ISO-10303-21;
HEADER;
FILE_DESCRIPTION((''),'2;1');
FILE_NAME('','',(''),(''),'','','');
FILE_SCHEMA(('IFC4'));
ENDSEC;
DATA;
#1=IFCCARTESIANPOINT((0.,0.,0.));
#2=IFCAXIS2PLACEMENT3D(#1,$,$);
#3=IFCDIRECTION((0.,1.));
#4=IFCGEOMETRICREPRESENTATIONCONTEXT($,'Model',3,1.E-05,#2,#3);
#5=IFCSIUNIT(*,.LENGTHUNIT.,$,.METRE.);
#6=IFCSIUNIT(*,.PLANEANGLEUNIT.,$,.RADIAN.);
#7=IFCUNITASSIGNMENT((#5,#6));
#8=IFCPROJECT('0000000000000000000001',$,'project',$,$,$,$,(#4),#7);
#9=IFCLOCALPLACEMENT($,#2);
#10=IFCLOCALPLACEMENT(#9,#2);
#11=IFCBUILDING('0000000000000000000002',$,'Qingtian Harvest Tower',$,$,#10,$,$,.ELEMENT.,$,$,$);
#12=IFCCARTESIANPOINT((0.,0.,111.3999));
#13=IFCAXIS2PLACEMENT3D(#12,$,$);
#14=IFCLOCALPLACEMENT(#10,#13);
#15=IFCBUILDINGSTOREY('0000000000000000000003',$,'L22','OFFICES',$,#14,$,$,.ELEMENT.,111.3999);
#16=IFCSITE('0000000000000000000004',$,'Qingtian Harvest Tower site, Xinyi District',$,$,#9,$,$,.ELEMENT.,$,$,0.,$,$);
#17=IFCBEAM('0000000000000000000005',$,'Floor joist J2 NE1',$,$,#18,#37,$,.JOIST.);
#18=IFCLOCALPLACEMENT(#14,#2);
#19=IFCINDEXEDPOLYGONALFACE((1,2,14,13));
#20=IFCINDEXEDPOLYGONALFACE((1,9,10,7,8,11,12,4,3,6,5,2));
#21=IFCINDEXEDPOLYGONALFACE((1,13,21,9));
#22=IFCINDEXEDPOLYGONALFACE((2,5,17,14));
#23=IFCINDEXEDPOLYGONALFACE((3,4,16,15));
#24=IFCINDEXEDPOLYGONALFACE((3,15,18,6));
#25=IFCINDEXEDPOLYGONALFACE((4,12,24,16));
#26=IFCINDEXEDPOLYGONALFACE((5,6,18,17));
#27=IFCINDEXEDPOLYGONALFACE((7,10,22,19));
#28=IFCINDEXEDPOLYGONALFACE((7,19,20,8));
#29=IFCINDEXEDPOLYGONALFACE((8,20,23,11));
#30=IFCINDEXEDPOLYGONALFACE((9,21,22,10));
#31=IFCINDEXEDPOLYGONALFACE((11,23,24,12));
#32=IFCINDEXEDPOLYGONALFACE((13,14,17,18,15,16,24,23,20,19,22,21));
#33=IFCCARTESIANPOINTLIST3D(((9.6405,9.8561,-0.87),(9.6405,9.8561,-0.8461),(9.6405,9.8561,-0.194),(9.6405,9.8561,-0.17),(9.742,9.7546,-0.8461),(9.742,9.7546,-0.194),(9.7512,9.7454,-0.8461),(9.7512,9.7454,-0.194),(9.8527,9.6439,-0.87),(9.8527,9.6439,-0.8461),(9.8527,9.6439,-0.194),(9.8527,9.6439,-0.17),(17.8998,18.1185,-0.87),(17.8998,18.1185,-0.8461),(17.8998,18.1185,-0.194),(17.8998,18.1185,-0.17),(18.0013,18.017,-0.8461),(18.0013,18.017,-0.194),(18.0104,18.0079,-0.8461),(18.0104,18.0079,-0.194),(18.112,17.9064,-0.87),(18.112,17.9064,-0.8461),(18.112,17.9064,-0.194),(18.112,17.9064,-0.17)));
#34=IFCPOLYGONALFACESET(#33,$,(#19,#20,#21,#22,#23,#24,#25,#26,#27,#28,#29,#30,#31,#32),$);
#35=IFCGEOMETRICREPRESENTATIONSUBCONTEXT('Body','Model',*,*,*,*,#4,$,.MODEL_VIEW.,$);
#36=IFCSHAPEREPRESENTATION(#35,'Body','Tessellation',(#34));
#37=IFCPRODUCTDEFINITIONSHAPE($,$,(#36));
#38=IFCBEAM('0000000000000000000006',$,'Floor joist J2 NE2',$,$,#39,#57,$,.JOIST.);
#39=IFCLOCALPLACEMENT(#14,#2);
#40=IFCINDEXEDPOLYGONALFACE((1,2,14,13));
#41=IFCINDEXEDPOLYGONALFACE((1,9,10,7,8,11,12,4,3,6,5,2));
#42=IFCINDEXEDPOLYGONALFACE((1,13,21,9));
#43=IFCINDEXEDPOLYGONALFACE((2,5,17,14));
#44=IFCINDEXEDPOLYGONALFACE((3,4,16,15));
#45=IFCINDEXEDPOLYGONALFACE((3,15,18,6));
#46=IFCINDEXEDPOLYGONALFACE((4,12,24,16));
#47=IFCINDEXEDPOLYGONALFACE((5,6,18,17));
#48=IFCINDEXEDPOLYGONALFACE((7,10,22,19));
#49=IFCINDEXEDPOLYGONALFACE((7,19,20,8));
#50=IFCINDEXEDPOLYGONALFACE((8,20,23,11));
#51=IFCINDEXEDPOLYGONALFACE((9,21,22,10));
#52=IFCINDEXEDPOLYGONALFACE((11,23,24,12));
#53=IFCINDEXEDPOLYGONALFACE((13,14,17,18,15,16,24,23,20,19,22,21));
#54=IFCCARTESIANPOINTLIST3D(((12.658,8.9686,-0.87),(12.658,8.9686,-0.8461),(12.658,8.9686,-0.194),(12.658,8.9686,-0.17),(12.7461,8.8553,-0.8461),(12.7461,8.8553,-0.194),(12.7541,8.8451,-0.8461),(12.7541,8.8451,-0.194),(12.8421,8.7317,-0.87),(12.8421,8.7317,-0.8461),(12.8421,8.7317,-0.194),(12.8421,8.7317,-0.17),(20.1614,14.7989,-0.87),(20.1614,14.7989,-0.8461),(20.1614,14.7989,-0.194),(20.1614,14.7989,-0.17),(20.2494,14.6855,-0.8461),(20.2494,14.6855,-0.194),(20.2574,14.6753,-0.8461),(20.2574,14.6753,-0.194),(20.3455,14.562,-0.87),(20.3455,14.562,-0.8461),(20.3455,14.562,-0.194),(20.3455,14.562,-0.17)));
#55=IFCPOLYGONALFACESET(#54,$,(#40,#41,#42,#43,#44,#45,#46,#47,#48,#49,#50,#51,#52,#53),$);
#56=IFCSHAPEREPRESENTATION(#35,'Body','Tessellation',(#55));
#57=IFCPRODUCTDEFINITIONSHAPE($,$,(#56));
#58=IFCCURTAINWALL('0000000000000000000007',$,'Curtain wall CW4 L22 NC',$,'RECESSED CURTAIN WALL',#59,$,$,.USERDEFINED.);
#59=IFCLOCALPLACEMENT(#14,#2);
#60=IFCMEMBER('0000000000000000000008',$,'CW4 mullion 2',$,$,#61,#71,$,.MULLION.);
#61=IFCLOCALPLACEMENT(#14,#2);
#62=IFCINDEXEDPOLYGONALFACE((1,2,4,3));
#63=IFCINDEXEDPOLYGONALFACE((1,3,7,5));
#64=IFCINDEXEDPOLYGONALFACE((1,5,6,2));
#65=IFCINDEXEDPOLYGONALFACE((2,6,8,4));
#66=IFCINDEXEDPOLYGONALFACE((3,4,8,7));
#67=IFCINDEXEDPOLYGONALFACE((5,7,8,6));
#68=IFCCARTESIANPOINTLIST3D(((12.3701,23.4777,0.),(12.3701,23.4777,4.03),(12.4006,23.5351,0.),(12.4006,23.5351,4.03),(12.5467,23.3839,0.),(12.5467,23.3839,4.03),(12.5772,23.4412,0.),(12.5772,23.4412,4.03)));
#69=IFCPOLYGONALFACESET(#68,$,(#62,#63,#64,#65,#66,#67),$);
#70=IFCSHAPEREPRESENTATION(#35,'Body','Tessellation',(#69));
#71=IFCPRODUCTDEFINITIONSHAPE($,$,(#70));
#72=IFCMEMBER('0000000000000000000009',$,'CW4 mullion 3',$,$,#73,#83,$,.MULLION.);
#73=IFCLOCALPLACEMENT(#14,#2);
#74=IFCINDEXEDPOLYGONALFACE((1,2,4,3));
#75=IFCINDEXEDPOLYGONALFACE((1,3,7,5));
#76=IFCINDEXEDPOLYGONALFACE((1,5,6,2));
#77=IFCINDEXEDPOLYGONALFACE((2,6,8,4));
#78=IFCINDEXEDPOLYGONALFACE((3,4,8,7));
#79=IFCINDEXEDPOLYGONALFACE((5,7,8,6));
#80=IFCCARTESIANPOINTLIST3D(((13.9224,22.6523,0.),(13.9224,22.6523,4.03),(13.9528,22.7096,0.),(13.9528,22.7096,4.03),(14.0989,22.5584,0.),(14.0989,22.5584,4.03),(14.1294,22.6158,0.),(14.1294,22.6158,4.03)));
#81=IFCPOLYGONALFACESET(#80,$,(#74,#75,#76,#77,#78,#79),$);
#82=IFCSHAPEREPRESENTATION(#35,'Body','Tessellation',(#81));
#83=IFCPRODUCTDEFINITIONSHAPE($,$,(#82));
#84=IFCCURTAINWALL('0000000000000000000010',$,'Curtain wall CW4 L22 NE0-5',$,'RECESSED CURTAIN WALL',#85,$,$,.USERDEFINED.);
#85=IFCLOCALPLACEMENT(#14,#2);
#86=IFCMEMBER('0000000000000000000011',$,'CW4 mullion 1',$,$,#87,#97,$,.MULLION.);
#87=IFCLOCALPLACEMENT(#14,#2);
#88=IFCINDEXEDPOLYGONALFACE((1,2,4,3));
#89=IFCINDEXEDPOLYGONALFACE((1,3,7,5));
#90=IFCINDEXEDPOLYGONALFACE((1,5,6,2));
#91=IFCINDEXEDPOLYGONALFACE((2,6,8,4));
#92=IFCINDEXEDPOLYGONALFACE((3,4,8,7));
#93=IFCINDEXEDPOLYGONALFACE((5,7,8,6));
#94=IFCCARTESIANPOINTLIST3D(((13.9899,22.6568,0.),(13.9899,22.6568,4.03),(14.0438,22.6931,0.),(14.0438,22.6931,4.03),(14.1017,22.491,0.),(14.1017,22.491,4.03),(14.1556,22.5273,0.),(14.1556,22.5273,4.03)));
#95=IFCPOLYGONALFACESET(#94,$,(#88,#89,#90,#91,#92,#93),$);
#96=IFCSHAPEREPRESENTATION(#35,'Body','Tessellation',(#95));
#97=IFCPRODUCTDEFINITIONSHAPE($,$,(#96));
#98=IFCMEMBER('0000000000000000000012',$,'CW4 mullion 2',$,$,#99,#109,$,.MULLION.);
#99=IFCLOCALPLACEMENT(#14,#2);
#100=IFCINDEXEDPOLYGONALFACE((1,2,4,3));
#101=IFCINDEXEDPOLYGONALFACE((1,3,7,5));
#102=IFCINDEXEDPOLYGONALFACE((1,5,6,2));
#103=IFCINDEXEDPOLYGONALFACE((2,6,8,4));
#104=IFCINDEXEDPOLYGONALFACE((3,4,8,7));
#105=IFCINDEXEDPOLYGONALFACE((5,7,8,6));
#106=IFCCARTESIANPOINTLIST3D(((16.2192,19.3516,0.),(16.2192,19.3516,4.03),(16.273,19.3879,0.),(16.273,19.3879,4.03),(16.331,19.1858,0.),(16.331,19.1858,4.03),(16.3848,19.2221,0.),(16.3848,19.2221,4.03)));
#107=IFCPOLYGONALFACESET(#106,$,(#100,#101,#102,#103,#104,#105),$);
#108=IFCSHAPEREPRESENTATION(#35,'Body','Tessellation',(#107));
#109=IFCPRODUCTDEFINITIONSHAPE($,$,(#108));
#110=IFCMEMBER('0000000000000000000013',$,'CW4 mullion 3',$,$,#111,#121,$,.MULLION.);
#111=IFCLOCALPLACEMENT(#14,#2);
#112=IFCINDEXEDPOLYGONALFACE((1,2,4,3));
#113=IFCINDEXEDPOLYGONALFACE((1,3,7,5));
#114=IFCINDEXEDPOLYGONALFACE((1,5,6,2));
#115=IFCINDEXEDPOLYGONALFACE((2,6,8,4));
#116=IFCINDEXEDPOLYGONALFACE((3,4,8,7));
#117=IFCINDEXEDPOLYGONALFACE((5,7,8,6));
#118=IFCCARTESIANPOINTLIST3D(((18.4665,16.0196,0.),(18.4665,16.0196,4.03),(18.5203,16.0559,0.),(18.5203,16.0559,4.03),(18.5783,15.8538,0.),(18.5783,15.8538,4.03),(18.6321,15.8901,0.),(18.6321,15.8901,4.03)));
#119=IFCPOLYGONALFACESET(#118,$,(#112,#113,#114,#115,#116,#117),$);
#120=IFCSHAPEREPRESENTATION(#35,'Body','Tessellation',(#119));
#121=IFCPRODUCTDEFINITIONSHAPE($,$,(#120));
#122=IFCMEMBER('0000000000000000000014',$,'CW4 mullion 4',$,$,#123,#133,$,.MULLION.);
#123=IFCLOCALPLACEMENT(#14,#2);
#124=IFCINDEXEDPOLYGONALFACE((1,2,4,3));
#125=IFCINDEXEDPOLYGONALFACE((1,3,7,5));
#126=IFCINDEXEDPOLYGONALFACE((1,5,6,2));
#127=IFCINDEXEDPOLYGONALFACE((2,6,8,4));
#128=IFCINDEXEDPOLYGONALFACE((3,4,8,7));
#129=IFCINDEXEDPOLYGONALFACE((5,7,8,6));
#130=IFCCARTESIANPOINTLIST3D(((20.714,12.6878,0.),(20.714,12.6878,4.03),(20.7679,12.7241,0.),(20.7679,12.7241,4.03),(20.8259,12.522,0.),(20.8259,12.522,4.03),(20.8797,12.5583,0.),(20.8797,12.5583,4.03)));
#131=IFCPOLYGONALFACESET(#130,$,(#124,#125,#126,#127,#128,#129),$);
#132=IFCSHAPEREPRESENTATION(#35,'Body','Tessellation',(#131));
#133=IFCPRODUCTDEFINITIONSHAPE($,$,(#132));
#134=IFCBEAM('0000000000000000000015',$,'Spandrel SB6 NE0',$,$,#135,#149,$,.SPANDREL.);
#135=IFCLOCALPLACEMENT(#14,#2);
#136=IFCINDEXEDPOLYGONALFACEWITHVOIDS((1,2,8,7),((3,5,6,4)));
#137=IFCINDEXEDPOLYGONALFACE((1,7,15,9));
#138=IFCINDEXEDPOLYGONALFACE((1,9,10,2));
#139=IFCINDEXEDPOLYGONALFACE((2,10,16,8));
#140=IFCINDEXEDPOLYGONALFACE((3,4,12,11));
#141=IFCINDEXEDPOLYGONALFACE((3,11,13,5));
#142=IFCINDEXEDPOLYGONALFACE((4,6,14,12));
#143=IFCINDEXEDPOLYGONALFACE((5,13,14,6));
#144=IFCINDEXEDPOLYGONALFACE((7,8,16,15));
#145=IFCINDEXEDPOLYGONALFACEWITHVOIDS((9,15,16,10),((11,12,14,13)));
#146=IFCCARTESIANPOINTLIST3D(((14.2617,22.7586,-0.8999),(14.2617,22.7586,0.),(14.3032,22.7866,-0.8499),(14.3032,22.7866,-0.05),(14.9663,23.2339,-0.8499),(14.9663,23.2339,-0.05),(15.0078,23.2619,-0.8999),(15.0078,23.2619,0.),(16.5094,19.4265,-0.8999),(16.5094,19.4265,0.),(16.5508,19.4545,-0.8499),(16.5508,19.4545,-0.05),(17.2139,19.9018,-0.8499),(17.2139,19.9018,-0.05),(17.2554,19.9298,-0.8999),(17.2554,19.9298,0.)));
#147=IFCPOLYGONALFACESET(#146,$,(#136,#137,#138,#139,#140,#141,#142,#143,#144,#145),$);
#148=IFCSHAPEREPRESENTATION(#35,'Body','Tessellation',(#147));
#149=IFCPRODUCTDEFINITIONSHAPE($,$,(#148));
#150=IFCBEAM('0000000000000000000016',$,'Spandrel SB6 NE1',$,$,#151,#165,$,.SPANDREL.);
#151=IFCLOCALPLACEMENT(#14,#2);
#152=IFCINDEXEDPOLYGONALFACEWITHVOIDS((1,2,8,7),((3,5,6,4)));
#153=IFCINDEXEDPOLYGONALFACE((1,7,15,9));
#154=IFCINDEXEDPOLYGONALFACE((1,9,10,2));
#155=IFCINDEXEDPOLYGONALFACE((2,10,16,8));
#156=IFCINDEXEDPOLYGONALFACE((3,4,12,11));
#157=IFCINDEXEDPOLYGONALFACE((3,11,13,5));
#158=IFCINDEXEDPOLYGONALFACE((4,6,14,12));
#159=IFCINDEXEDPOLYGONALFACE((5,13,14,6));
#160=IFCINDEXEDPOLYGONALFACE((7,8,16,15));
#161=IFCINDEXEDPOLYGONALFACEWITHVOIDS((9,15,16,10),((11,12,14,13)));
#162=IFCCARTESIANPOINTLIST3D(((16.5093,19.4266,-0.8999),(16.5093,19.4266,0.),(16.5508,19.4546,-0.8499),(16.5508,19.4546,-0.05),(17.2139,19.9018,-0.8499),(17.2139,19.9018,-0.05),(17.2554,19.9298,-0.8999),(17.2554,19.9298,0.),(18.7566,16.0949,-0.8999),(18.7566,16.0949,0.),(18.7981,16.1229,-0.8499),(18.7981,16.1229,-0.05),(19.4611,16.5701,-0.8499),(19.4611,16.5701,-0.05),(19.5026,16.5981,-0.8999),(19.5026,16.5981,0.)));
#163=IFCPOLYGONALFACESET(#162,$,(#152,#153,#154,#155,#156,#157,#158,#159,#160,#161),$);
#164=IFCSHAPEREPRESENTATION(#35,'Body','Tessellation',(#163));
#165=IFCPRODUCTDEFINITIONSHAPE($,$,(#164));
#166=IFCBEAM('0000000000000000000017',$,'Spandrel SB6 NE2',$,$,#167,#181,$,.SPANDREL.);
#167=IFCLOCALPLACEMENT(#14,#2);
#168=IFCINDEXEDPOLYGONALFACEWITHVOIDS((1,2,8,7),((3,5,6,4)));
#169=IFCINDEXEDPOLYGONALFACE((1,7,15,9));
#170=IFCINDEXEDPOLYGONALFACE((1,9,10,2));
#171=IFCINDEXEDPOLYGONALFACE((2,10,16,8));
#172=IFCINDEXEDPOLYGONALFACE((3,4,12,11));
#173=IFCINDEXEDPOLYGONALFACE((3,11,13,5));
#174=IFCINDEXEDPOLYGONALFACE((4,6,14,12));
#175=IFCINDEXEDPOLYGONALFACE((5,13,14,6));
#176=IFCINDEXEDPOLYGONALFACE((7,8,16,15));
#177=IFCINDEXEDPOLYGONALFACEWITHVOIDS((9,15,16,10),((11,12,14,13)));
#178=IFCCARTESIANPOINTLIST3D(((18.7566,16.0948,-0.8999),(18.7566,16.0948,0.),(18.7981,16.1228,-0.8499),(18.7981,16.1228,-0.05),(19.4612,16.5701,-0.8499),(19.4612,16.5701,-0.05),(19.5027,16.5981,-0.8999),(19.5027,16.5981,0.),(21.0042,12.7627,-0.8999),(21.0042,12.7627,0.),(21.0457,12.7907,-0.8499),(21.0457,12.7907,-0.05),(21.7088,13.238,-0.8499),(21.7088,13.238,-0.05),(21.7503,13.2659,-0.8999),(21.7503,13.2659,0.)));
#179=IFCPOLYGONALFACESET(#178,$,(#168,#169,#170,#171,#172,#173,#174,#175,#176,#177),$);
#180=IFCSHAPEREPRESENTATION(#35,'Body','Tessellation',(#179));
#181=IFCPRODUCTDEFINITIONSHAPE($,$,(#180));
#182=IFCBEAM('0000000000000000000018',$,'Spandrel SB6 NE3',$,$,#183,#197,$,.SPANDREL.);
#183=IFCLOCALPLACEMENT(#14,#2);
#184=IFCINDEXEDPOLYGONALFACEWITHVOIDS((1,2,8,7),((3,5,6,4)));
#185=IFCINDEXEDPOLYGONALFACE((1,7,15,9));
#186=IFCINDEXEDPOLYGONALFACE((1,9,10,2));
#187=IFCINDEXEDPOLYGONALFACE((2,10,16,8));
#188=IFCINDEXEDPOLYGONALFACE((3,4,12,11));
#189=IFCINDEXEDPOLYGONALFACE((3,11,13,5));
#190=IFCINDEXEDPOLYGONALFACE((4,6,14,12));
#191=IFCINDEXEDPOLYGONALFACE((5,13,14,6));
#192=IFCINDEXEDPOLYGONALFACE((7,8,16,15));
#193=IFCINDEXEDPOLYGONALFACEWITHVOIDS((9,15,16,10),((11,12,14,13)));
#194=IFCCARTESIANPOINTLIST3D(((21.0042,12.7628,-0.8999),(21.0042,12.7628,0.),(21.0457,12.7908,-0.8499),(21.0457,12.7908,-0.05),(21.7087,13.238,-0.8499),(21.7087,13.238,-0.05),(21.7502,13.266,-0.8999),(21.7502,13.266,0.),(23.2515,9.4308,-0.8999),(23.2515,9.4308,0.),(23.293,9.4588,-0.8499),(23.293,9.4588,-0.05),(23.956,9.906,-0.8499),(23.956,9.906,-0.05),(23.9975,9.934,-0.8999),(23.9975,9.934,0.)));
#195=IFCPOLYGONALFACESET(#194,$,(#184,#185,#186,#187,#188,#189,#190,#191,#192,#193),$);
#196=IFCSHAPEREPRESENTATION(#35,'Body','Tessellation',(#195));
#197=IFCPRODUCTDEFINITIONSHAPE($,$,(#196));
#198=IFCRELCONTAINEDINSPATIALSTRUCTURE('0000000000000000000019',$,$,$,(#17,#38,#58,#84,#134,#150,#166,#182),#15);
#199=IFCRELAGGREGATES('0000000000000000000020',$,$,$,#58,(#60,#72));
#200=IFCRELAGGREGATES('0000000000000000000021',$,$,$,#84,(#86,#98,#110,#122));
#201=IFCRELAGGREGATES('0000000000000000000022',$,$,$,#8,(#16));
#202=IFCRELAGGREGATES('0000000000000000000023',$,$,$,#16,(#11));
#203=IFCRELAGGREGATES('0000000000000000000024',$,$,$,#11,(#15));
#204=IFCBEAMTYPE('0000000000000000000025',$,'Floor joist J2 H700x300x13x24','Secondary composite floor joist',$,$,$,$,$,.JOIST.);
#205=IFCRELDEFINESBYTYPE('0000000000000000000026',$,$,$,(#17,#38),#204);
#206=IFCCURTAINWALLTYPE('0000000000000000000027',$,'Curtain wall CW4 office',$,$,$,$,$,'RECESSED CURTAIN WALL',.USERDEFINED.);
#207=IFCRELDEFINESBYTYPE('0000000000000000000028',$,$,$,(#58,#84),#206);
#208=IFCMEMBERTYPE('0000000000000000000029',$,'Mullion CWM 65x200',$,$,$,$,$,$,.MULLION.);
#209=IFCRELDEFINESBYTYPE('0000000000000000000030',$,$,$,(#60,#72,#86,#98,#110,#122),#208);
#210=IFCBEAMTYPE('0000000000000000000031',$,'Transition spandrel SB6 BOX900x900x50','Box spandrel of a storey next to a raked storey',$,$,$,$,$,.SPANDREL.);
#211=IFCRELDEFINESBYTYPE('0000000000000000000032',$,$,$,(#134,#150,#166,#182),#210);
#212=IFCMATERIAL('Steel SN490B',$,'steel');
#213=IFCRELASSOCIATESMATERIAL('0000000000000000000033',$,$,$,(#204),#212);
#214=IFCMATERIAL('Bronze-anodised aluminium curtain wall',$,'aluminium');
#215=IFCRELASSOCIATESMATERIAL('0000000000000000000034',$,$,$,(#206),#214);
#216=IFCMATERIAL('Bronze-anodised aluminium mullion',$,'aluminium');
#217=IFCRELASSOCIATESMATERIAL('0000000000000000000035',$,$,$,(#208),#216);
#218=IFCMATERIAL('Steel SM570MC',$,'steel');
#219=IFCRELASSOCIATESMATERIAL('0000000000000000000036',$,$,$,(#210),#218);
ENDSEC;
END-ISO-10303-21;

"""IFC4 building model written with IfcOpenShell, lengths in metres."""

from ifc_helpers import new_model, si_unit, direction, frame, origin, origin_2d, place, context, subcontext, project, spatial, rectangle, hollow_rectangle, i_section, extrude, material, material_profile, profile_set, type_object, element, aggregate, save


model = new_model("IFC4")

# Units and contexts
model_context = context("Model", 3, precision=1e-05, world=origin(), true_north=direction((0.0, 1.0)))
body_context = subcontext(model_context, "Body", "Model", "MODEL_VIEW")
ifc_project = project(units=[si_unit("LENGTHUNIT", "METRE"), si_unit("PLANEANGLEUNIT", "RADIAN")], contexts=[model_context])

# Site, building, storey
site_placement = place(None, origin())
site = spatial("IfcSite", under=ifc_project, at=site_placement, Name="Qingtian Harvest Tower site, Xinyi District", CompositionType="ELEMENT", RefElevation=0.0)
building_placement = place(site_placement, origin())
building = spatial("IfcBuilding", under=site, at=building_placement, Name="Qingtian Harvest Tower", CompositionType="ELEMENT")
storey_placement = place(building_placement, frame((0.0, 0.0, 111.3999)))
storey = spatial("IfcBuildingStorey", under=building, at=storey_placement, Name="L22", Description="OFFICES", CompositionType="ELEMENT", Elevation=111.3999)

# Beams
ifc_material_1 = material(Name="Steel SN490B", Category="steel")
ifc_material_profile_1 = material_profile(ifc_material_1, i_section(OverallWidth=0.3, OverallDepth=0.7, WebThickness=0.0129, FlangeThickness=0.0239, at=origin_2d()), Name="H700x300x13x24")
ifc_profile_set_1 = profile_set([ifc_material_profile_1], Name="Steel SN490B")
beam_type_1 = type_object("IfcBeamType", Name="Floor joist J2 H700x300x13x24", Description="Secondary composite floor joist", PredefinedType="JOIST", material=ifc_profile_set_1)
beam_1_placement = place(storey_placement, frame((18.0059, 18.0125, -0.52), z_axis=(-0.706971, -0.707243, 0.0), x_axis=(0.707243, -0.706971, 0.0)))
element("IfcBeam", 1, at=beam_1_placement, inside=storey, type_object=beam_type_1, Name="Floor joist J2 NE1", PredefinedType="JOIST", context=body_context, shape_type="SweptSolid", body=[
    extrude(i_section(OverallWidth=0.3, OverallDepth=0.7, WebThickness=0.0129, FlangeThickness=0.0239, at=origin_2d()), origin(), (0.0, 0.0, 1.0), 11.6826),
])
beam_2_placement = place(storey_placement, frame((20.2534, 14.6804, -0.52), z_axis=(-0.789641, -0.613569, 0.0), x_axis=(0.613569, -0.789641, 0.0)))
element("IfcBeam", 2, at=beam_2_placement, inside=storey, type_object=beam_type_1, Name="Floor joist J2 NE2", PredefinedType="JOIST", context=body_context, shape_type="SweptSolid", body=[
    extrude(i_section(OverallWidth=0.3, OverallDepth=0.7, WebThickness=0.0129, FlangeThickness=0.0239, at=origin_2d()), origin(), (0.0, 0.0, 1.0), 9.5022),
])

# Curtain walls, members
ifc_material_2 = material(Name="Bronze-anodised aluminium curtain wall", Category="aluminium")
curtain_wall_type = type_object("IfcCurtainWallType", Name="Curtain wall CW4 office", ElementType="RECESSED CURTAIN WALL", PredefinedType="USERDEFINED", material=ifc_material_2)
curtain_wall_1_placement = place(storey_placement, origin())
curtain_wall_1 = element("IfcCurtainWall", 3, at=curtain_wall_1_placement, inside=storey, type_object=curtain_wall_type, Name="Curtain wall CW4 L22 NC", ObjectType="RECESSED CURTAIN WALL", PredefinedType="USERDEFINED")
ifc_material_3 = material(Name="Bronze-anodised aluminium mullion", Category="aluminium")
ifc_material_profile_2 = material_profile(ifc_material_3, rectangle(XDim=0.0649, YDim=0.2, at=origin_2d()), Name="AL 65x200")
ifc_profile_set_2 = profile_set([ifc_material_profile_2], Name="Bronze-anodised aluminium mullion")
member_type_1 = type_object("IfcMemberType", Name="Mullion CWM 65x200", PredefinedType="MULLION", material=ifc_profile_set_2)
member_1_placement = place(storey_placement, frame((12.4736, 23.4595, 0.0), z_axis=(0.0, 0.0, 1.0), x_axis=(0.469472, 0.882948, 0.0)))
member_1 = element("IfcMember", 4, at=member_1_placement, type_object=member_type_1, Name="CW4 mullion 2", PredefinedType="MULLION", context=body_context, shape_type="SweptSolid", body=[
    extrude(rectangle(XDim=0.0649, YDim=0.2, at=origin_2d()), origin(), (0.0, 0.0, 1.0), 4.03),
])
member_2_placement = place(storey_placement, frame((14.0259, 22.634, 0.0), z_axis=(0.0, 0.0, 1.0), x_axis=(0.469472, 0.882948, 0.0)))
member_2 = element("IfcMember", 5, at=member_2_placement, type_object=member_type_1, Name="CW4 mullion 3", PredefinedType="MULLION", context=body_context, shape_type="SweptSolid", body=[
    extrude(rectangle(XDim=0.0649, YDim=0.2, at=origin_2d()), origin(), (0.0, 0.0, 1.0), 4.03),
])
curtain_wall_2_placement = place(storey_placement, origin())
curtain_wall_2 = element("IfcCurtainWall", 6, at=curtain_wall_2_placement, inside=storey, type_object=curtain_wall_type, Name="Curtain wall CW4 L22 NE0-5", ObjectType="RECESSED CURTAIN WALL", PredefinedType="USERDEFINED")
member_3_placement = place(storey_placement, frame((14.0728, 22.592, 0.0), z_axis=(0.0, 0.0, 1.0), x_axis=(0.829038, 0.559193, 0.0)))
member_3 = element("IfcMember", 7, at=member_3_placement, type_object=member_type_1, Name="CW4 mullion 1", PredefinedType="MULLION", context=body_context, shape_type="SweptSolid", body=[
    extrude(rectangle(XDim=0.0649, YDim=0.2, at=origin_2d()), origin(), (0.0, 0.0, 1.0), 4.03),
])
member_4_placement = place(storey_placement, frame((16.302, 19.2869, 0.0), z_axis=(0.0, 0.0, 1.0), x_axis=(0.829038, 0.559193, 0.0)))
member_4 = element("IfcMember", 8, at=member_4_placement, type_object=member_type_1, Name="CW4 mullion 2", PredefinedType="MULLION", context=body_context, shape_type="SweptSolid", body=[
    extrude(rectangle(XDim=0.0649, YDim=0.2, at=origin_2d()), origin(), (0.0, 0.0, 1.0), 4.03),
])
member_5_placement = place(storey_placement, frame((18.5493, 15.9548, 0.0), z_axis=(0.0, 0.0, 1.0), x_axis=(0.829038, 0.559193, 0.0)))
member_5 = element("IfcMember", 9, at=member_5_placement, type_object=member_type_1, Name="CW4 mullion 3", PredefinedType="MULLION", context=body_context, shape_type="SweptSolid", body=[
    extrude(rectangle(XDim=0.0649, YDim=0.2, at=origin_2d()), origin(), (0.0, 0.0, 1.0), 4.03),
])
member_6_placement = place(storey_placement, frame((20.7969, 12.623, 0.0), z_axis=(0.0, 0.0, 1.0), x_axis=(0.829038, 0.559193, 0.0)))
member_6 = element("IfcMember", 10, at=member_6_placement, type_object=member_type_1, Name="CW4 mullion 4", PredefinedType="MULLION", context=body_context, shape_type="SweptSolid", body=[
    extrude(rectangle(XDim=0.0649, YDim=0.2, at=origin_2d()), origin(), (0.0, 0.0, 1.0), 4.03),
])

# Beams
ifc_material_4 = material(Name="Steel SM570MC", Category="steel")
ifc_material_profile_3 = material_profile(ifc_material_4, hollow_rectangle(XDim=0.8999, YDim=0.8999, WallThickness=0.05, at=origin_2d()), Name="BOX900x900x50")
ifc_profile_set_3 = profile_set([ifc_material_profile_3], Name="Steel SM570MC")
beam_type_2 = type_object("IfcBeamType", Name="Transition spandrel SB6 BOX900x900x50", Description="Box spandrel of a storey next to a raked storey", PredefinedType="SPANDREL", material=ifc_profile_set_3)
beam_3_placement = place(storey_placement, frame((14.6348, 23.0103, -0.45), z_axis=(0.559206, -0.829029, 0.0), x_axis=(0.829029, 0.559206, 0.0)))
element("IfcBeam", 11, at=beam_3_placement, inside=storey, type_object=beam_type_2, Name="Spandrel SB6 NE0", PredefinedType="SPANDREL", context=body_context, shape_type="SweptSolid", body=[
    extrude(hollow_rectangle(XDim=0.8999, YDim=0.8999, WallThickness=0.05, at=origin_2d()), origin(), (0.0, 0.0, 1.0), 4.0193),
])
beam_4_placement = place(storey_placement, frame((16.8823, 19.6782, -0.45), z_axis=(0.559192, -0.829038, 0.0), x_axis=(0.829038, 0.559192, 0.0)))
element("IfcBeam", 12, at=beam_4_placement, inside=storey, type_object=beam_type_2, Name="Spandrel SB6 NE1", PredefinedType="SPANDREL", context=body_context, shape_type="SweptSolid", body=[
    extrude(hollow_rectangle(XDim=0.8999, YDim=0.8999, WallThickness=0.05, at=origin_2d()), origin(), (0.0, 0.0, 1.0), 4.0188),
])
beam_5_placement = place(storey_placement, frame((19.1296, 16.3464, -0.45), z_axis=(0.559206, -0.829029, 0.0), x_axis=(0.829029, 0.559206, 0.0)))
element("IfcBeam", 13, at=beam_5_placement, inside=storey, type_object=beam_type_2, Name="Spandrel SB6 NE2", PredefinedType="SPANDREL", context=body_context, shape_type="SweptSolid", body=[
    extrude(hollow_rectangle(XDim=0.8999, YDim=0.8999, WallThickness=0.05, at=origin_2d()), origin(), (0.0, 0.0, 1.0), 4.0193),
])
beam_6_placement = place(storey_placement, frame((21.3772, 13.0144, -0.45), z_axis=(0.559164, -0.829057, 0.0), x_axis=(0.829057, 0.559164, 0.0)))
element("IfcBeam", 14, at=beam_6_placement, inside=storey, type_object=beam_type_2, Name="Spandrel SB6 NE3", PredefinedType="SPANDREL", context=body_context, shape_type="SweptSolid", body=[
    extrude(hollow_rectangle(XDim=0.8999, YDim=0.8999, WallThickness=0.05, at=origin_2d()), origin(), (0.0, 0.0, 1.0), 4.019),
])

aggregate(curtain_wall_1, [member_1, member_2])
aggregate(curtain_wall_2, [member_3, member_4, member_5, member_6])

save(model, "model.ifc")
